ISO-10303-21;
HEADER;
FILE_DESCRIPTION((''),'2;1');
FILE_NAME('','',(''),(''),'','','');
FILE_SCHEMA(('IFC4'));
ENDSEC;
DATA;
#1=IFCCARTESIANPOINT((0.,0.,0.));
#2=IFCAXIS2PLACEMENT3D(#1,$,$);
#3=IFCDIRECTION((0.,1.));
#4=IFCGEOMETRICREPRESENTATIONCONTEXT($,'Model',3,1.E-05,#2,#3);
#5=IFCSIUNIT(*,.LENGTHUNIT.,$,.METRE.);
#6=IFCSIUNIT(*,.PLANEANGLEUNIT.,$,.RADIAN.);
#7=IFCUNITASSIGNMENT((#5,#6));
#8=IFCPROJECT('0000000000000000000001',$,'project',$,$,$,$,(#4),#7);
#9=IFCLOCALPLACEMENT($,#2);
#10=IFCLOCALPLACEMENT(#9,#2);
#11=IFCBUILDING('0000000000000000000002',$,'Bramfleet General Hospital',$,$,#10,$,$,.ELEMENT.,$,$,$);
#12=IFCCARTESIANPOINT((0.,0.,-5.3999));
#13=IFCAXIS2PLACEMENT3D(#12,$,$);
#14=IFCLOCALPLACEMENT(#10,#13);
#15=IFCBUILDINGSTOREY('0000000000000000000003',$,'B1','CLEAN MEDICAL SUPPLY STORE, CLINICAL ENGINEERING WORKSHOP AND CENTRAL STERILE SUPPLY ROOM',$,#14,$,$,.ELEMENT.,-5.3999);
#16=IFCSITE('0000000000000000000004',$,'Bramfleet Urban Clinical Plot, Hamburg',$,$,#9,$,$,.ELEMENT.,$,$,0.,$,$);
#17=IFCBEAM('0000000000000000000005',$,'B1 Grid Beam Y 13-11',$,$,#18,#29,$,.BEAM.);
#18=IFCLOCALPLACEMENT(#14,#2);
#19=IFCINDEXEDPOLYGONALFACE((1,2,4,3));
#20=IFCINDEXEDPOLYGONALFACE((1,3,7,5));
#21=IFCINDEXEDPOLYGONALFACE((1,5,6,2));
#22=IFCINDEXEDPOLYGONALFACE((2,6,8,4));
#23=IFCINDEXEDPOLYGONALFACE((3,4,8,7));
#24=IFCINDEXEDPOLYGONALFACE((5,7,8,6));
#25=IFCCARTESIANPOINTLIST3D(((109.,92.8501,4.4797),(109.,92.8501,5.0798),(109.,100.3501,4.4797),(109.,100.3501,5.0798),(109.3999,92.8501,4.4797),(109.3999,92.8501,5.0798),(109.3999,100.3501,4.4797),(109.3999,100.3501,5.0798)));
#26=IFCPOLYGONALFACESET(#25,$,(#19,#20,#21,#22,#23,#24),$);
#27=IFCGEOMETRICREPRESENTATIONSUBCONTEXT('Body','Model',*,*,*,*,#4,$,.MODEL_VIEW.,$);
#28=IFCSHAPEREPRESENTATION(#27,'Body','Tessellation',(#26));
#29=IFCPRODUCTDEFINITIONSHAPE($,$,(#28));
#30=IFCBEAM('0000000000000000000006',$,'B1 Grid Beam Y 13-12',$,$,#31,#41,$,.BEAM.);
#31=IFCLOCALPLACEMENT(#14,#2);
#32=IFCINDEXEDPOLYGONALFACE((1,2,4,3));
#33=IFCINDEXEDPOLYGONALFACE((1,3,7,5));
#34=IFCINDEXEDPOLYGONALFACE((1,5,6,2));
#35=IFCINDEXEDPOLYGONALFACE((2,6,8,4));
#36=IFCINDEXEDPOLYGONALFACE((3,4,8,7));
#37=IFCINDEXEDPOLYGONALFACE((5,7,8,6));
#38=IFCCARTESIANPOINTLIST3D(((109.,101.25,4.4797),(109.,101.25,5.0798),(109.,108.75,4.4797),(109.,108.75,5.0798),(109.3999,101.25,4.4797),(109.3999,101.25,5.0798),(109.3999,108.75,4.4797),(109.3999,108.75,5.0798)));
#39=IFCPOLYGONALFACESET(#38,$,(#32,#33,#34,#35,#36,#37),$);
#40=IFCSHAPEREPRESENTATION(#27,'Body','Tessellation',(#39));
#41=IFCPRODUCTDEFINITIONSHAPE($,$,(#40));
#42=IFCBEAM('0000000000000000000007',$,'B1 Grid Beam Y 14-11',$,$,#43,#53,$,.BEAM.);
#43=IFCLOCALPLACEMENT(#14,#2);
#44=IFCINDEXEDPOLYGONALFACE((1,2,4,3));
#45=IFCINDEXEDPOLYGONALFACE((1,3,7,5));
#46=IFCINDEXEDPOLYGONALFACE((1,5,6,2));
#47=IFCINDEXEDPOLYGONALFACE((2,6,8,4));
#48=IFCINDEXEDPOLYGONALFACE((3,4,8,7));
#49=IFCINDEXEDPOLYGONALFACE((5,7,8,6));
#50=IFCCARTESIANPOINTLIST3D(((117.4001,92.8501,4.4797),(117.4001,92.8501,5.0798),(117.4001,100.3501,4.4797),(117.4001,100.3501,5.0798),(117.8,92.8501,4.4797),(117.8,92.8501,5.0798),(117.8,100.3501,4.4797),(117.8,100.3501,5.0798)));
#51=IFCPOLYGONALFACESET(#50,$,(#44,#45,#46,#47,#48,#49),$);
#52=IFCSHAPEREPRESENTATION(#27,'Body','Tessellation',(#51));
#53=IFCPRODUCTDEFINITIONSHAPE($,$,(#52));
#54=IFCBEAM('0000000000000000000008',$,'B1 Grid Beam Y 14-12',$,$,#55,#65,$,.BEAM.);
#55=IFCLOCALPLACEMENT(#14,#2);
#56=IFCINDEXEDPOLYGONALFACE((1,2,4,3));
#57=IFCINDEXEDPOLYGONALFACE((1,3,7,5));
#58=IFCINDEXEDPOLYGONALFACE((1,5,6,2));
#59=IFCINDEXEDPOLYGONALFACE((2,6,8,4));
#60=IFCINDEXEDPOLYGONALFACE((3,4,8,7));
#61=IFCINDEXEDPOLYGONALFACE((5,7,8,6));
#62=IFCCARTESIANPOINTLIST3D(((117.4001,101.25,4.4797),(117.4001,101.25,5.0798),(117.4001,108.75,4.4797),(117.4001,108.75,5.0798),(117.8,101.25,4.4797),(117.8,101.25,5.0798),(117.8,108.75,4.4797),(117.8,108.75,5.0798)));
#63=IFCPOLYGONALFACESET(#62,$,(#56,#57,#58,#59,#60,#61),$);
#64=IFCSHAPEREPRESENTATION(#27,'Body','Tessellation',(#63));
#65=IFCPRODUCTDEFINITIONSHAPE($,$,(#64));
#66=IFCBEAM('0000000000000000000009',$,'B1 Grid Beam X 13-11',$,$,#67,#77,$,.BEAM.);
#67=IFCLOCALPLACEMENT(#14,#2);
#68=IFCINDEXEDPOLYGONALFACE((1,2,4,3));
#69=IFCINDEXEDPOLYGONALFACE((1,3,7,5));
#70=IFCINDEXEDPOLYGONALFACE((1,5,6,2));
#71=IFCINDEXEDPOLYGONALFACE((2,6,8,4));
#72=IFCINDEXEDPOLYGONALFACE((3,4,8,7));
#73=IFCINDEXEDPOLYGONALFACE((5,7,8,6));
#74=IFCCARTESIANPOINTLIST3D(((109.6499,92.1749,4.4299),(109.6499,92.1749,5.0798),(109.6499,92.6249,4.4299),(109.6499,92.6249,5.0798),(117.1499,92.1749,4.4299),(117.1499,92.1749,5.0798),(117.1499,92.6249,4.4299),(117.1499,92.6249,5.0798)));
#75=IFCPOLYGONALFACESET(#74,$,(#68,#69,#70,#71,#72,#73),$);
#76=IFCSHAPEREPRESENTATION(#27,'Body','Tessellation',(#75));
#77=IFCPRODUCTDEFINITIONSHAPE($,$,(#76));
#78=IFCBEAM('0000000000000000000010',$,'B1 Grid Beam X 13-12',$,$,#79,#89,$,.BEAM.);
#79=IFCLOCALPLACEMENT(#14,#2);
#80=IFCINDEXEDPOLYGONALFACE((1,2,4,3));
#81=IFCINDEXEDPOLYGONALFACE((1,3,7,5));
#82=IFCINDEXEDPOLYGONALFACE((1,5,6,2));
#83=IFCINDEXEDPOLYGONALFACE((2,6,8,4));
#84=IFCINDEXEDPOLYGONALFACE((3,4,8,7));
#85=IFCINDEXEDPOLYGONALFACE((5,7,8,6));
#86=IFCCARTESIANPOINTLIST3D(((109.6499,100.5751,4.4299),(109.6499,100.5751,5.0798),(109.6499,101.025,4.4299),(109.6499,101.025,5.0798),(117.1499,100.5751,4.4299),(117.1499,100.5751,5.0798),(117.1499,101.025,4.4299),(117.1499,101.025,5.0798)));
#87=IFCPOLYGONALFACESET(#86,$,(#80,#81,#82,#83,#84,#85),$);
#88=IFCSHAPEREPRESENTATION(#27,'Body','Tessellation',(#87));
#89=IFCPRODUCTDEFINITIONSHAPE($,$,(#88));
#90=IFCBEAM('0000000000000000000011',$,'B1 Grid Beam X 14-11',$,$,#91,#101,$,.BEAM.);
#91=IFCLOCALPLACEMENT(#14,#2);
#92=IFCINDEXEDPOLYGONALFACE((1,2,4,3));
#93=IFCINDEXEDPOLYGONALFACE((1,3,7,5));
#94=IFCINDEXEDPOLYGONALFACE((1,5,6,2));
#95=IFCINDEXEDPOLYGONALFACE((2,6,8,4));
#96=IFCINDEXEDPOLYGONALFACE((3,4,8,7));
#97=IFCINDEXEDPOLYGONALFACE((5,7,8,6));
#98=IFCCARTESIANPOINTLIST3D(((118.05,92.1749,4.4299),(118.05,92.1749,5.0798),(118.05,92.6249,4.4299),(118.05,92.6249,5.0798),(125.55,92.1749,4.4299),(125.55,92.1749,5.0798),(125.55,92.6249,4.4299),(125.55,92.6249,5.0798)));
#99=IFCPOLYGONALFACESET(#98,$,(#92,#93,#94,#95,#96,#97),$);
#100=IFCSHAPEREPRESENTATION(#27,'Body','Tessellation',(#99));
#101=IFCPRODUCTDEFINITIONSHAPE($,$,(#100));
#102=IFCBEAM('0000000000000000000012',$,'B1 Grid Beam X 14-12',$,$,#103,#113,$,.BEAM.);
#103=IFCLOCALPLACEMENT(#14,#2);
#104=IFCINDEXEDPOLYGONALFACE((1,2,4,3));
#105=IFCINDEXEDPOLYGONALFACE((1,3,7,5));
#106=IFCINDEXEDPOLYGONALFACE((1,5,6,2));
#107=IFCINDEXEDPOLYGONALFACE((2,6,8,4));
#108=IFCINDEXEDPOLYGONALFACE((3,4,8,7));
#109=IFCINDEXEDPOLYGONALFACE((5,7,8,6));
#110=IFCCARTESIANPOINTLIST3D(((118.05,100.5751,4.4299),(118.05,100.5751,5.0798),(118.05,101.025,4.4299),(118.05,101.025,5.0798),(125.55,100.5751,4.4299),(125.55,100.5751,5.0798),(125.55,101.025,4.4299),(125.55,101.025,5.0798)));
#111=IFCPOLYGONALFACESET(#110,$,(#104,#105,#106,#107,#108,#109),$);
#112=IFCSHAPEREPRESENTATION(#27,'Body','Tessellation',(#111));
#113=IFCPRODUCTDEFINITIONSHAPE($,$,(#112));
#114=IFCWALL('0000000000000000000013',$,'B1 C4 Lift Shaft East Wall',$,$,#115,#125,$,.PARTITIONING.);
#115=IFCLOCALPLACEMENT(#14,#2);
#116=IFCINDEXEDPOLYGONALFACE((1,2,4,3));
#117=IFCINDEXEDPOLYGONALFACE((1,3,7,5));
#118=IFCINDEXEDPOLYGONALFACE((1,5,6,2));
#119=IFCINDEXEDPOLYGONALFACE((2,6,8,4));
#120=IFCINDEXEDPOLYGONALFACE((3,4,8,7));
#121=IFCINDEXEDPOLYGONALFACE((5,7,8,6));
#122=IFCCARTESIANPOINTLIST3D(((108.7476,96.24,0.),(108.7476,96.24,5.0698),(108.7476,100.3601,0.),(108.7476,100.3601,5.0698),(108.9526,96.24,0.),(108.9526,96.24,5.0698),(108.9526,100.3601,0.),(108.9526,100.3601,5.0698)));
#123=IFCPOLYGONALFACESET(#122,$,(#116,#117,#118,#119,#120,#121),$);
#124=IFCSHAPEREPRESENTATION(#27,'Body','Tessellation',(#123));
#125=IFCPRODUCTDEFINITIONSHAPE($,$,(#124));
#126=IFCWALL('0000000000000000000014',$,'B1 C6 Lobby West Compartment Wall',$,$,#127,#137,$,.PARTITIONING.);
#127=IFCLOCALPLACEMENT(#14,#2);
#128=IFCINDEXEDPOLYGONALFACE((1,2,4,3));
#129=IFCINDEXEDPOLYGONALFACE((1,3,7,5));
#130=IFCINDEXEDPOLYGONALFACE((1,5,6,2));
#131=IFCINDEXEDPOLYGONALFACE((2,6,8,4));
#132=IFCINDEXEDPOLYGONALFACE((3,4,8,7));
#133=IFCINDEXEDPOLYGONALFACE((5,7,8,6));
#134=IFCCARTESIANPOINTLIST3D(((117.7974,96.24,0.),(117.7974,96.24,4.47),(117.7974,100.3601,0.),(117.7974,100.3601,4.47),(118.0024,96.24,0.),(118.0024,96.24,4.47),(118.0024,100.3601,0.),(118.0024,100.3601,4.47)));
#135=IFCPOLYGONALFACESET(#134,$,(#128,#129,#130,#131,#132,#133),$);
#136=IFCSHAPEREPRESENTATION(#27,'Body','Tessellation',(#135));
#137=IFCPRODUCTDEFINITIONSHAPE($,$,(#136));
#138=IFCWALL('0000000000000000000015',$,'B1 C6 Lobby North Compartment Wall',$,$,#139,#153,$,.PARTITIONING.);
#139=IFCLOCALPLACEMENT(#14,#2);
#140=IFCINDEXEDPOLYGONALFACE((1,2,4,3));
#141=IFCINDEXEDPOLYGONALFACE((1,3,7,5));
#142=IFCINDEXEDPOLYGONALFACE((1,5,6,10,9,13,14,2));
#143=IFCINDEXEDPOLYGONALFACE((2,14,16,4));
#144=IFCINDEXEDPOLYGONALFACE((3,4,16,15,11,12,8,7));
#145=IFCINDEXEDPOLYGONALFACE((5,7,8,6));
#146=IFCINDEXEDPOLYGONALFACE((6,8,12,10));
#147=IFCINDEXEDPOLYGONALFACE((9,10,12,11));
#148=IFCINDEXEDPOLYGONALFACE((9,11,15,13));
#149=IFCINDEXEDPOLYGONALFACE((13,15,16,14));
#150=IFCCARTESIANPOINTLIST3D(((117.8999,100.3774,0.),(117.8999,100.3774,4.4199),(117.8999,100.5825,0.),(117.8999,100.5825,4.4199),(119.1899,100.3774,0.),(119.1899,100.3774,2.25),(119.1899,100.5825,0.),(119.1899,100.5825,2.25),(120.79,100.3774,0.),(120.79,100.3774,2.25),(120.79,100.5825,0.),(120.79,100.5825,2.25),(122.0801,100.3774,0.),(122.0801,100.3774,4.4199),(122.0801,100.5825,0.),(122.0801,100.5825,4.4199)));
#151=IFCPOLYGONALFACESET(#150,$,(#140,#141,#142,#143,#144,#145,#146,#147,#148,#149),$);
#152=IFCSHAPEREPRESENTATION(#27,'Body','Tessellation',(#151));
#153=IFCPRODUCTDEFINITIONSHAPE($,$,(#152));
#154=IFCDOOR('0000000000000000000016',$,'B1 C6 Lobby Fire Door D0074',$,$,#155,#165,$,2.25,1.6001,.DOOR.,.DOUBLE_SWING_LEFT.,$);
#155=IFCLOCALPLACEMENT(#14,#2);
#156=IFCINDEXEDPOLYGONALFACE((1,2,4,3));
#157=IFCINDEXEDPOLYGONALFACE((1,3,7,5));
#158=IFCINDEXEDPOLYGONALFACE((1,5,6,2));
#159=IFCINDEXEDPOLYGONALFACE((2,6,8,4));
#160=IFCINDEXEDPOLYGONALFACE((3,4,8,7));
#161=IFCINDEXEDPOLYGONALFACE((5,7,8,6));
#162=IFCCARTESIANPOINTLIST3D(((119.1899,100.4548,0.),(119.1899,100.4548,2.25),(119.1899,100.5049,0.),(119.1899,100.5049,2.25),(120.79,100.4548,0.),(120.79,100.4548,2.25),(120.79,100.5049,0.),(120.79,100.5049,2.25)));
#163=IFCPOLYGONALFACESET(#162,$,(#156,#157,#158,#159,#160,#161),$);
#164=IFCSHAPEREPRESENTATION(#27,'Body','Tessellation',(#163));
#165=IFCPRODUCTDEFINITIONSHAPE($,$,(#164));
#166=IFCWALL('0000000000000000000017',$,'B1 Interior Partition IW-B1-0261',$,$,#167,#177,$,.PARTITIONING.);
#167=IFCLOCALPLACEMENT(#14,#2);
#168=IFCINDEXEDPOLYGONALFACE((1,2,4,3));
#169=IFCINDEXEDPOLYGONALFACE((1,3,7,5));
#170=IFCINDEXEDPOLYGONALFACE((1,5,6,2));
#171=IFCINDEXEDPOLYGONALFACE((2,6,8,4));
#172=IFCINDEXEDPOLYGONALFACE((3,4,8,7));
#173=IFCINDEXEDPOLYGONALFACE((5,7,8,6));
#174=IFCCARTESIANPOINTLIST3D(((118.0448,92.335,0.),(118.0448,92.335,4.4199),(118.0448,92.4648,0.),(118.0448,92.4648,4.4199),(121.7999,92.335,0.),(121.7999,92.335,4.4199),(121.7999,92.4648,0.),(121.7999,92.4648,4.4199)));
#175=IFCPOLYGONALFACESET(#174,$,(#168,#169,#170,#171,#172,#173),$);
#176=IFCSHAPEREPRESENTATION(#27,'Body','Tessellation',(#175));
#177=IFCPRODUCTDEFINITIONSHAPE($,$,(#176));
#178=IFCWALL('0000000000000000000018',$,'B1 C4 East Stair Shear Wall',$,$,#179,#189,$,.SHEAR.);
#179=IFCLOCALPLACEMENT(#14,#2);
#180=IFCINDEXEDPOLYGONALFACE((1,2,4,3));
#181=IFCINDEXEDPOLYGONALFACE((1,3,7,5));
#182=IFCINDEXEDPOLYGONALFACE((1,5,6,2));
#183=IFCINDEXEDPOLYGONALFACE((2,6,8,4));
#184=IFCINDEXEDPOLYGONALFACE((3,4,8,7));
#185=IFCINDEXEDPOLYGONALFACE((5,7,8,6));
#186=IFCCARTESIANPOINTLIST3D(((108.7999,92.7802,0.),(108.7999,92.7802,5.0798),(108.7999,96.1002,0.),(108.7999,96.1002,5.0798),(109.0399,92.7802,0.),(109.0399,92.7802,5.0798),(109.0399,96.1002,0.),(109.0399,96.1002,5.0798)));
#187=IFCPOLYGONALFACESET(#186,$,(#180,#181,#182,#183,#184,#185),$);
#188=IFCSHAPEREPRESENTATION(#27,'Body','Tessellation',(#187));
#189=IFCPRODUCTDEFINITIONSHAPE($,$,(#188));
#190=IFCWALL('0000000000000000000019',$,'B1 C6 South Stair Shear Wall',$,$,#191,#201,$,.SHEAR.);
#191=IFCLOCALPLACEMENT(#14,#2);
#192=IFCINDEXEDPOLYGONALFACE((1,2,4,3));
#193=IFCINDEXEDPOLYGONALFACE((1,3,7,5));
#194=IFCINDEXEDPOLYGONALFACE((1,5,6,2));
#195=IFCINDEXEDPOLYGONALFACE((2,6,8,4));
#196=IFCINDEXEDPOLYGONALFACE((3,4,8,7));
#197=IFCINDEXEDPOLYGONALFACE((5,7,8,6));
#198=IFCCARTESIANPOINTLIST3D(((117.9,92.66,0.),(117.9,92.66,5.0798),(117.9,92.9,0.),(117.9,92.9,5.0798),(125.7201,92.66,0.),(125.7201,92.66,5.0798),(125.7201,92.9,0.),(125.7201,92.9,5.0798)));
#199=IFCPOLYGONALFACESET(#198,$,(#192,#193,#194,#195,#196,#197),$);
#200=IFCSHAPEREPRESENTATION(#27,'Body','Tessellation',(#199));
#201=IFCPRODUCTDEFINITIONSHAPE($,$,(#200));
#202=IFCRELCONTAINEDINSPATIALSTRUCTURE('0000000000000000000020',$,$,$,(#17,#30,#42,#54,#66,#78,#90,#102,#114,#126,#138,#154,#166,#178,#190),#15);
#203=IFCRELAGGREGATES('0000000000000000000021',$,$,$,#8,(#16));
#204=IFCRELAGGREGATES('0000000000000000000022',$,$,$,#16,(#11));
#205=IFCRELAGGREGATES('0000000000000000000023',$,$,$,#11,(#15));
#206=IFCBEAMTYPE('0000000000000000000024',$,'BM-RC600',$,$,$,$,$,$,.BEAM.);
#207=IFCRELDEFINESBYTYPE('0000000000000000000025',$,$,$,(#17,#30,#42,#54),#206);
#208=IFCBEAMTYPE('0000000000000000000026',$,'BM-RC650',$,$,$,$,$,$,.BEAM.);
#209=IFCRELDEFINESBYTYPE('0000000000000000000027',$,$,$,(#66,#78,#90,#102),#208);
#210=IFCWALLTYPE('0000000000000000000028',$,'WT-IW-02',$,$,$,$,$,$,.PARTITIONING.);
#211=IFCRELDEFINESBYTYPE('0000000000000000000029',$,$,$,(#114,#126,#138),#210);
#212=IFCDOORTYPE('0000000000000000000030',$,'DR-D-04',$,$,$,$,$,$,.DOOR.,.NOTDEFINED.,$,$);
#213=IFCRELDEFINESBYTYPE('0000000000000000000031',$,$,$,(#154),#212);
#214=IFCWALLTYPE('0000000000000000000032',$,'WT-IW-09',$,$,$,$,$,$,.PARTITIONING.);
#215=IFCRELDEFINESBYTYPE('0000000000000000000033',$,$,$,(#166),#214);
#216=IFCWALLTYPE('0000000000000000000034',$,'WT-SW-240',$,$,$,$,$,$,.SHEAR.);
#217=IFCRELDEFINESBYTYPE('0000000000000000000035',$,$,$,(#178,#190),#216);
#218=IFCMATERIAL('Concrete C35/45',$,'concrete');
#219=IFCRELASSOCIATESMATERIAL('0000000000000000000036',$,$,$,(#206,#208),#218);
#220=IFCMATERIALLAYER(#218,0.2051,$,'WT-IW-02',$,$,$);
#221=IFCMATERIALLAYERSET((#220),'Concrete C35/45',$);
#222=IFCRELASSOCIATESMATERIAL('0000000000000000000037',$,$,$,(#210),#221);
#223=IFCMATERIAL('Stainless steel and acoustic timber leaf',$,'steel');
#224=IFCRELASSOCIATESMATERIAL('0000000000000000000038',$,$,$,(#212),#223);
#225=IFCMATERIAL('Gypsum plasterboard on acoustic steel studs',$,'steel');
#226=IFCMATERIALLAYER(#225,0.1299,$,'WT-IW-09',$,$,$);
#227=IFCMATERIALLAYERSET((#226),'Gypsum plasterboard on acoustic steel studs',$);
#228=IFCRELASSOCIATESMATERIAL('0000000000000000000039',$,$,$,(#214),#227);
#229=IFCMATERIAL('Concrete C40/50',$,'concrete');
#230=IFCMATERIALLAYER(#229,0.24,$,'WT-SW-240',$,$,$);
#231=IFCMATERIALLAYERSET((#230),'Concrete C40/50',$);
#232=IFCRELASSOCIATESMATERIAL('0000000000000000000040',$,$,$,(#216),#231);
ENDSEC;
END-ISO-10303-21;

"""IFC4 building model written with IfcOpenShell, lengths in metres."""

from ifc_helpers import new_model, si_unit, direction, frame, frame_2d, origin, origin_2d, place, context, subcontext, project, spatial, rectangle, extrude, material, layer, layer_set, material_profile, profile_set, type_object, element, fill, save


model = new_model("IFC4")

# Units and contexts
model_context = context("Model", 3, precision=1e-05, world=origin(), true_north=direction((0.0, 1.0)))
body_context = subcontext(model_context, "Body", "Model", "MODEL_VIEW")
ifc_project = project(units=[si_unit("LENGTHUNIT", "METRE"), si_unit("PLANEANGLEUNIT", "RADIAN")], contexts=[model_context])

# Site, building, storey
site_placement = place(None, origin())
site = spatial("IfcSite", under=ifc_project, at=site_placement, Name="Bramfleet Urban Clinical Plot, Hamburg", CompositionType="ELEMENT", RefElevation=0.0)
building_placement = place(site_placement, origin())
building = spatial("IfcBuilding", under=site, at=building_placement, Name="Bramfleet General Hospital", CompositionType="ELEMENT")
storey_placement = place(building_placement, frame((0.0, 0.0, -5.3999)))
storey = spatial("IfcBuildingStorey", under=building, at=storey_placement, Name="B1", Description="CLEAN MEDICAL SUPPLY STORE, CLINICAL ENGINEERING WORKSHOP AND CENTRAL STERILE SUPPLY ROOM", CompositionType="ELEMENT", Elevation=-5.3999)

# Shared definitions
ifc_material_1 = material(Name="Concrete C35/45", Category="concrete")

# Shared definitions
ifc_material_2 = material(Name="Concrete C40/50", Category="concrete")

# Beams
ifc_material_profile_1 = material_profile(ifc_material_1, rectangle(XDim=0.3999, YDim=0.6001, at=origin_2d()), Name="RC BM 600x400")
ifc_profile_set_1 = profile_set([ifc_material_profile_1], Name="Concrete C35/45")
beam_type_1 = type_object("IfcBeamType", Name="BM-RC600", PredefinedType="BEAM", material=ifc_profile_set_1)
for number, where, z_axis, x_axis, name in (
    (1, (109.2, 92.8501, 4.7798), (0.0, 1.0, 0.0), (-1.0, 0.0, 0.0), "B1 Grid Beam Y 13-11"),
    (2, (109.2, 101.25, 4.7798), (0.0, 1.0, 0.0), (-1.0, 0.0, 0.0), "B1 Grid Beam Y 13-12"),
    (3, (117.6001, 92.8501, 4.7798), (0.0, 1.0, 0.0), (-1.0, 0.0, 0.0), "B1 Grid Beam Y 14-11"),
    (4, (117.6001, 101.25, 4.7798), (0.0, 1.0, 0.0), (-1.0, 0.0, 0.0), "B1 Grid Beam Y 14-12"),
):
    element("IfcBeam", number, at=place(storey_placement, frame(where, z_axis=z_axis, x_axis=x_axis)), inside=storey, type_object=beam_type_1, Name=name, PredefinedType="BEAM", context=body_context, shape_type="SweptSolid", body=[
        extrude(rectangle(XDim=0.3999, YDim=0.6001, at=origin_2d()), origin(), (0.0, 0.0, 1.0), 7.5),
    ])
ifc_material_profile_2 = material_profile(ifc_material_1, rectangle(XDim=0.45, YDim=0.6499, at=origin_2d()), Name="RC BM 650x450")
ifc_profile_set_2 = profile_set([ifc_material_profile_2], Name="Concrete C35/45")
beam_type_2 = type_object("IfcBeamType", Name="BM-RC650", PredefinedType="BEAM", material=ifc_profile_set_2)
for number, where, z_axis, x_axis, name in (
    (5, (109.6499, 92.3999, 4.7549), (1.0, 0.0, 0.0), (0.0, 1.0, 0.0), "B1 Grid Beam X 13-11"),
    (6, (109.6499, 100.8, 4.7549), (1.0, 0.0, 0.0), (0.0, 1.0, 0.0), "B1 Grid Beam X 13-12"),
    (7, (118.05, 92.3999, 4.7549), (1.0, 0.0, 0.0), (0.0, 1.0, 0.0), "B1 Grid Beam X 14-11"),
    (8, (118.05, 100.8, 4.7549), (1.0, 0.0, 0.0), (0.0, 1.0, 0.0), "B1 Grid Beam X 14-12"),
):
    element("IfcBeam", number, at=place(storey_placement, frame(where, z_axis=z_axis, x_axis=x_axis)), inside=storey, type_object=beam_type_2, Name=name, PredefinedType="BEAM", context=body_context, shape_type="SweptSolid", body=[
        extrude(rectangle(XDim=0.45, YDim=0.6499, at=origin_2d()), origin(), (0.0, 0.0, 1.0), 7.5),
    ])

# Walls
ifc_layer_1 = layer(ifc_material_1, 0.2051, Name="WT-IW-02")
ifc_layer_set_1 = layer_set([ifc_layer_1], Name="Concrete C35/45")
wall_type_1 = type_object("IfcWallType", Name="WT-IW-02", PredefinedType="PARTITIONING", material=ifc_layer_set_1)
wall_1_placement = place(storey_placement, frame((108.8501, 96.24, 0.0), z_axis=(0.0, 0.0, 1.0), x_axis=(0.0, 1.0, 0.0)))
element("IfcWall", 9, at=wall_1_placement, inside=storey, type_object=wall_type_1, Name="B1 C4 Lift Shaft East Wall", PredefinedType="PARTITIONING", context=body_context, shape_type="SweptSolid", body=[
    extrude(rectangle(XDim=4.1201, YDim=0.2051, at=frame_2d((2.0601, 0.0))), origin(), (0.0, 0.0, 1.0), 5.0698),
])
wall_2_placement = place(storey_placement, frame((117.8999, 96.24, 0.0), z_axis=(0.0, 0.0, 1.0), x_axis=(0.0, 1.0, 0.0)))
element("IfcWall", 10, at=wall_2_placement, inside=storey, type_object=wall_type_1, Name="B1 C6 Lobby West Compartment Wall", PredefinedType="PARTITIONING", context=body_context, shape_type="SweptSolid", body=[
    extrude(rectangle(XDim=4.1201, YDim=0.2051, at=frame_2d((2.0601, 0.0))), origin(), (0.0, 0.0, 1.0), 4.47),
])

# Wall, opening, door
wall_3_placement = place(storey_placement, frame((117.8999, 100.48, 0.0), z_axis=(0.0, 0.0, 1.0), x_axis=(1.0, 0.0, 0.0)))
wall_3 = element("IfcWall", 11, at=wall_3_placement, inside=storey, type_object=wall_type_1, Name="B1 C6 Lobby North Compartment Wall", PredefinedType="PARTITIONING", context=body_context, shape_type="SweptSolid", body=[
    extrude(rectangle(XDim=4.1802, YDim=0.2051, at=frame_2d((2.0901, 0.0))), origin(), (0.0, 0.0, 1.0), 4.4199),
])
opening_1_placement = place(wall_3_placement, frame((1.29, 0.0, 0.0)))
opening_1 = element("IfcOpeningElement", 12, at=opening_1_placement, cuts=wall_3, PredefinedType="OPENING", context=body_context, shape_type="SweptSolid", body=[
    extrude(rectangle(XDim=1.6001, YDim=2.25, at=frame_2d((0.8, 1.125))), frame((0.0, 0.1125, 0.0), z_axis=(0.0, -1.0, 0.0), x_axis=(1.0, 0.0, 0.0)), (0.0, 0.0, 1.0), 0.2251),
])
ifc_material_3 = material(Name="Stainless steel and acoustic timber leaf", Category="steel")
door_type_1 = type_object("IfcDoorType", Name="DR-D-04", OperationType="NOTDEFINED", PredefinedType="DOOR", material=ifc_material_3)
door_1_placement = place(opening_1_placement, origin())
door_1 = element("IfcDoor", 13, at=door_1_placement, inside=storey, type_object=door_type_1, Name="B1 C6 Lobby Fire Door D0074", OperationType="DOUBLE_SWING_LEFT", OverallHeight=2.25, OverallWidth=1.6001, PredefinedType="DOOR", context=body_context, shape_type="SweptSolid", body=[
    extrude(rectangle(XDim=1.6001, YDim=2.25, at=frame_2d((0.8, 1.125))), frame((0.0, 0.0249, 0.0), z_axis=(0.0, -1.0, 0.0), x_axis=(1.0, 0.0, 0.0)), (0.0, 0.0, 1.0), 0.05),
])
fill(opening_1, door_1)

# Walls
ifc_material_4 = material(Name="Gypsum plasterboard on acoustic steel studs", Category="steel")
ifc_layer_2 = layer(ifc_material_4, 0.1299, Name="WT-IW-09")
ifc_layer_set_2 = layer_set([ifc_layer_2], Name="Gypsum plasterboard on acoustic steel studs")
wall_type_2 = type_object("IfcWallType", Name="WT-IW-09", PredefinedType="PARTITIONING", material=ifc_layer_set_2)
wall_4_placement = place(storey_placement, frame((118.0449, 92.3999, 0.0), z_axis=(0.0, 0.0, 1.0), x_axis=(1.0, 0.0, 0.0)))
element("IfcWall", 14, at=wall_4_placement, inside=storey, type_object=wall_type_2, Name="B1 Interior Partition IW-B1-0261", PredefinedType="PARTITIONING", context=body_context, shape_type="SweptSolid", body=[
    extrude(rectangle(XDim=3.7551, YDim=0.1299, at=frame_2d((1.8774, 0.0))), origin(), (0.0, 0.0, 1.0), 4.4199),
])
ifc_layer_3 = layer(ifc_material_2, 0.24, Name="WT-SW-240")
ifc_layer_set_3 = layer_set([ifc_layer_3], Name="Concrete C40/50")
wall_type_3 = type_object("IfcWallType", Name="WT-SW-240", PredefinedType="SHEAR", material=ifc_layer_set_3)
wall_5_placement = place(storey_placement, frame((108.9199, 92.78, 0.0), z_axis=(0.0, 0.0, 1.0), x_axis=(0.0, 1.0, 0.0)))
element("IfcWall", 15, at=wall_5_placement, inside=storey, type_object=wall_type_3, Name="B1 C4 East Stair Shear Wall", PredefinedType="SHEAR", context=body_context, shape_type="SweptSolid", body=[
    extrude(rectangle(XDim=3.3201, YDim=0.24, at=frame_2d((1.6602, 0.0))), origin(), (0.0, 0.0, 1.0), 5.0798),
])
wall_6_placement = place(storey_placement, frame((117.8999, 92.78, 0.0), z_axis=(0.0, 0.0, 1.0), x_axis=(1.0, 0.0, 0.0)))
element("IfcWall", 16, at=wall_6_placement, inside=storey, type_object=wall_type_3, Name="B1 C6 South Stair Shear Wall", PredefinedType="SHEAR", context=body_context, shape_type="SweptSolid", body=[
    extrude(rectangle(XDim=7.8201, YDim=0.24, at=frame_2d((3.9102, 0.0))), origin(), (0.0, 0.0, 1.0), 5.0798),
])

save(model, "model.ifc")
